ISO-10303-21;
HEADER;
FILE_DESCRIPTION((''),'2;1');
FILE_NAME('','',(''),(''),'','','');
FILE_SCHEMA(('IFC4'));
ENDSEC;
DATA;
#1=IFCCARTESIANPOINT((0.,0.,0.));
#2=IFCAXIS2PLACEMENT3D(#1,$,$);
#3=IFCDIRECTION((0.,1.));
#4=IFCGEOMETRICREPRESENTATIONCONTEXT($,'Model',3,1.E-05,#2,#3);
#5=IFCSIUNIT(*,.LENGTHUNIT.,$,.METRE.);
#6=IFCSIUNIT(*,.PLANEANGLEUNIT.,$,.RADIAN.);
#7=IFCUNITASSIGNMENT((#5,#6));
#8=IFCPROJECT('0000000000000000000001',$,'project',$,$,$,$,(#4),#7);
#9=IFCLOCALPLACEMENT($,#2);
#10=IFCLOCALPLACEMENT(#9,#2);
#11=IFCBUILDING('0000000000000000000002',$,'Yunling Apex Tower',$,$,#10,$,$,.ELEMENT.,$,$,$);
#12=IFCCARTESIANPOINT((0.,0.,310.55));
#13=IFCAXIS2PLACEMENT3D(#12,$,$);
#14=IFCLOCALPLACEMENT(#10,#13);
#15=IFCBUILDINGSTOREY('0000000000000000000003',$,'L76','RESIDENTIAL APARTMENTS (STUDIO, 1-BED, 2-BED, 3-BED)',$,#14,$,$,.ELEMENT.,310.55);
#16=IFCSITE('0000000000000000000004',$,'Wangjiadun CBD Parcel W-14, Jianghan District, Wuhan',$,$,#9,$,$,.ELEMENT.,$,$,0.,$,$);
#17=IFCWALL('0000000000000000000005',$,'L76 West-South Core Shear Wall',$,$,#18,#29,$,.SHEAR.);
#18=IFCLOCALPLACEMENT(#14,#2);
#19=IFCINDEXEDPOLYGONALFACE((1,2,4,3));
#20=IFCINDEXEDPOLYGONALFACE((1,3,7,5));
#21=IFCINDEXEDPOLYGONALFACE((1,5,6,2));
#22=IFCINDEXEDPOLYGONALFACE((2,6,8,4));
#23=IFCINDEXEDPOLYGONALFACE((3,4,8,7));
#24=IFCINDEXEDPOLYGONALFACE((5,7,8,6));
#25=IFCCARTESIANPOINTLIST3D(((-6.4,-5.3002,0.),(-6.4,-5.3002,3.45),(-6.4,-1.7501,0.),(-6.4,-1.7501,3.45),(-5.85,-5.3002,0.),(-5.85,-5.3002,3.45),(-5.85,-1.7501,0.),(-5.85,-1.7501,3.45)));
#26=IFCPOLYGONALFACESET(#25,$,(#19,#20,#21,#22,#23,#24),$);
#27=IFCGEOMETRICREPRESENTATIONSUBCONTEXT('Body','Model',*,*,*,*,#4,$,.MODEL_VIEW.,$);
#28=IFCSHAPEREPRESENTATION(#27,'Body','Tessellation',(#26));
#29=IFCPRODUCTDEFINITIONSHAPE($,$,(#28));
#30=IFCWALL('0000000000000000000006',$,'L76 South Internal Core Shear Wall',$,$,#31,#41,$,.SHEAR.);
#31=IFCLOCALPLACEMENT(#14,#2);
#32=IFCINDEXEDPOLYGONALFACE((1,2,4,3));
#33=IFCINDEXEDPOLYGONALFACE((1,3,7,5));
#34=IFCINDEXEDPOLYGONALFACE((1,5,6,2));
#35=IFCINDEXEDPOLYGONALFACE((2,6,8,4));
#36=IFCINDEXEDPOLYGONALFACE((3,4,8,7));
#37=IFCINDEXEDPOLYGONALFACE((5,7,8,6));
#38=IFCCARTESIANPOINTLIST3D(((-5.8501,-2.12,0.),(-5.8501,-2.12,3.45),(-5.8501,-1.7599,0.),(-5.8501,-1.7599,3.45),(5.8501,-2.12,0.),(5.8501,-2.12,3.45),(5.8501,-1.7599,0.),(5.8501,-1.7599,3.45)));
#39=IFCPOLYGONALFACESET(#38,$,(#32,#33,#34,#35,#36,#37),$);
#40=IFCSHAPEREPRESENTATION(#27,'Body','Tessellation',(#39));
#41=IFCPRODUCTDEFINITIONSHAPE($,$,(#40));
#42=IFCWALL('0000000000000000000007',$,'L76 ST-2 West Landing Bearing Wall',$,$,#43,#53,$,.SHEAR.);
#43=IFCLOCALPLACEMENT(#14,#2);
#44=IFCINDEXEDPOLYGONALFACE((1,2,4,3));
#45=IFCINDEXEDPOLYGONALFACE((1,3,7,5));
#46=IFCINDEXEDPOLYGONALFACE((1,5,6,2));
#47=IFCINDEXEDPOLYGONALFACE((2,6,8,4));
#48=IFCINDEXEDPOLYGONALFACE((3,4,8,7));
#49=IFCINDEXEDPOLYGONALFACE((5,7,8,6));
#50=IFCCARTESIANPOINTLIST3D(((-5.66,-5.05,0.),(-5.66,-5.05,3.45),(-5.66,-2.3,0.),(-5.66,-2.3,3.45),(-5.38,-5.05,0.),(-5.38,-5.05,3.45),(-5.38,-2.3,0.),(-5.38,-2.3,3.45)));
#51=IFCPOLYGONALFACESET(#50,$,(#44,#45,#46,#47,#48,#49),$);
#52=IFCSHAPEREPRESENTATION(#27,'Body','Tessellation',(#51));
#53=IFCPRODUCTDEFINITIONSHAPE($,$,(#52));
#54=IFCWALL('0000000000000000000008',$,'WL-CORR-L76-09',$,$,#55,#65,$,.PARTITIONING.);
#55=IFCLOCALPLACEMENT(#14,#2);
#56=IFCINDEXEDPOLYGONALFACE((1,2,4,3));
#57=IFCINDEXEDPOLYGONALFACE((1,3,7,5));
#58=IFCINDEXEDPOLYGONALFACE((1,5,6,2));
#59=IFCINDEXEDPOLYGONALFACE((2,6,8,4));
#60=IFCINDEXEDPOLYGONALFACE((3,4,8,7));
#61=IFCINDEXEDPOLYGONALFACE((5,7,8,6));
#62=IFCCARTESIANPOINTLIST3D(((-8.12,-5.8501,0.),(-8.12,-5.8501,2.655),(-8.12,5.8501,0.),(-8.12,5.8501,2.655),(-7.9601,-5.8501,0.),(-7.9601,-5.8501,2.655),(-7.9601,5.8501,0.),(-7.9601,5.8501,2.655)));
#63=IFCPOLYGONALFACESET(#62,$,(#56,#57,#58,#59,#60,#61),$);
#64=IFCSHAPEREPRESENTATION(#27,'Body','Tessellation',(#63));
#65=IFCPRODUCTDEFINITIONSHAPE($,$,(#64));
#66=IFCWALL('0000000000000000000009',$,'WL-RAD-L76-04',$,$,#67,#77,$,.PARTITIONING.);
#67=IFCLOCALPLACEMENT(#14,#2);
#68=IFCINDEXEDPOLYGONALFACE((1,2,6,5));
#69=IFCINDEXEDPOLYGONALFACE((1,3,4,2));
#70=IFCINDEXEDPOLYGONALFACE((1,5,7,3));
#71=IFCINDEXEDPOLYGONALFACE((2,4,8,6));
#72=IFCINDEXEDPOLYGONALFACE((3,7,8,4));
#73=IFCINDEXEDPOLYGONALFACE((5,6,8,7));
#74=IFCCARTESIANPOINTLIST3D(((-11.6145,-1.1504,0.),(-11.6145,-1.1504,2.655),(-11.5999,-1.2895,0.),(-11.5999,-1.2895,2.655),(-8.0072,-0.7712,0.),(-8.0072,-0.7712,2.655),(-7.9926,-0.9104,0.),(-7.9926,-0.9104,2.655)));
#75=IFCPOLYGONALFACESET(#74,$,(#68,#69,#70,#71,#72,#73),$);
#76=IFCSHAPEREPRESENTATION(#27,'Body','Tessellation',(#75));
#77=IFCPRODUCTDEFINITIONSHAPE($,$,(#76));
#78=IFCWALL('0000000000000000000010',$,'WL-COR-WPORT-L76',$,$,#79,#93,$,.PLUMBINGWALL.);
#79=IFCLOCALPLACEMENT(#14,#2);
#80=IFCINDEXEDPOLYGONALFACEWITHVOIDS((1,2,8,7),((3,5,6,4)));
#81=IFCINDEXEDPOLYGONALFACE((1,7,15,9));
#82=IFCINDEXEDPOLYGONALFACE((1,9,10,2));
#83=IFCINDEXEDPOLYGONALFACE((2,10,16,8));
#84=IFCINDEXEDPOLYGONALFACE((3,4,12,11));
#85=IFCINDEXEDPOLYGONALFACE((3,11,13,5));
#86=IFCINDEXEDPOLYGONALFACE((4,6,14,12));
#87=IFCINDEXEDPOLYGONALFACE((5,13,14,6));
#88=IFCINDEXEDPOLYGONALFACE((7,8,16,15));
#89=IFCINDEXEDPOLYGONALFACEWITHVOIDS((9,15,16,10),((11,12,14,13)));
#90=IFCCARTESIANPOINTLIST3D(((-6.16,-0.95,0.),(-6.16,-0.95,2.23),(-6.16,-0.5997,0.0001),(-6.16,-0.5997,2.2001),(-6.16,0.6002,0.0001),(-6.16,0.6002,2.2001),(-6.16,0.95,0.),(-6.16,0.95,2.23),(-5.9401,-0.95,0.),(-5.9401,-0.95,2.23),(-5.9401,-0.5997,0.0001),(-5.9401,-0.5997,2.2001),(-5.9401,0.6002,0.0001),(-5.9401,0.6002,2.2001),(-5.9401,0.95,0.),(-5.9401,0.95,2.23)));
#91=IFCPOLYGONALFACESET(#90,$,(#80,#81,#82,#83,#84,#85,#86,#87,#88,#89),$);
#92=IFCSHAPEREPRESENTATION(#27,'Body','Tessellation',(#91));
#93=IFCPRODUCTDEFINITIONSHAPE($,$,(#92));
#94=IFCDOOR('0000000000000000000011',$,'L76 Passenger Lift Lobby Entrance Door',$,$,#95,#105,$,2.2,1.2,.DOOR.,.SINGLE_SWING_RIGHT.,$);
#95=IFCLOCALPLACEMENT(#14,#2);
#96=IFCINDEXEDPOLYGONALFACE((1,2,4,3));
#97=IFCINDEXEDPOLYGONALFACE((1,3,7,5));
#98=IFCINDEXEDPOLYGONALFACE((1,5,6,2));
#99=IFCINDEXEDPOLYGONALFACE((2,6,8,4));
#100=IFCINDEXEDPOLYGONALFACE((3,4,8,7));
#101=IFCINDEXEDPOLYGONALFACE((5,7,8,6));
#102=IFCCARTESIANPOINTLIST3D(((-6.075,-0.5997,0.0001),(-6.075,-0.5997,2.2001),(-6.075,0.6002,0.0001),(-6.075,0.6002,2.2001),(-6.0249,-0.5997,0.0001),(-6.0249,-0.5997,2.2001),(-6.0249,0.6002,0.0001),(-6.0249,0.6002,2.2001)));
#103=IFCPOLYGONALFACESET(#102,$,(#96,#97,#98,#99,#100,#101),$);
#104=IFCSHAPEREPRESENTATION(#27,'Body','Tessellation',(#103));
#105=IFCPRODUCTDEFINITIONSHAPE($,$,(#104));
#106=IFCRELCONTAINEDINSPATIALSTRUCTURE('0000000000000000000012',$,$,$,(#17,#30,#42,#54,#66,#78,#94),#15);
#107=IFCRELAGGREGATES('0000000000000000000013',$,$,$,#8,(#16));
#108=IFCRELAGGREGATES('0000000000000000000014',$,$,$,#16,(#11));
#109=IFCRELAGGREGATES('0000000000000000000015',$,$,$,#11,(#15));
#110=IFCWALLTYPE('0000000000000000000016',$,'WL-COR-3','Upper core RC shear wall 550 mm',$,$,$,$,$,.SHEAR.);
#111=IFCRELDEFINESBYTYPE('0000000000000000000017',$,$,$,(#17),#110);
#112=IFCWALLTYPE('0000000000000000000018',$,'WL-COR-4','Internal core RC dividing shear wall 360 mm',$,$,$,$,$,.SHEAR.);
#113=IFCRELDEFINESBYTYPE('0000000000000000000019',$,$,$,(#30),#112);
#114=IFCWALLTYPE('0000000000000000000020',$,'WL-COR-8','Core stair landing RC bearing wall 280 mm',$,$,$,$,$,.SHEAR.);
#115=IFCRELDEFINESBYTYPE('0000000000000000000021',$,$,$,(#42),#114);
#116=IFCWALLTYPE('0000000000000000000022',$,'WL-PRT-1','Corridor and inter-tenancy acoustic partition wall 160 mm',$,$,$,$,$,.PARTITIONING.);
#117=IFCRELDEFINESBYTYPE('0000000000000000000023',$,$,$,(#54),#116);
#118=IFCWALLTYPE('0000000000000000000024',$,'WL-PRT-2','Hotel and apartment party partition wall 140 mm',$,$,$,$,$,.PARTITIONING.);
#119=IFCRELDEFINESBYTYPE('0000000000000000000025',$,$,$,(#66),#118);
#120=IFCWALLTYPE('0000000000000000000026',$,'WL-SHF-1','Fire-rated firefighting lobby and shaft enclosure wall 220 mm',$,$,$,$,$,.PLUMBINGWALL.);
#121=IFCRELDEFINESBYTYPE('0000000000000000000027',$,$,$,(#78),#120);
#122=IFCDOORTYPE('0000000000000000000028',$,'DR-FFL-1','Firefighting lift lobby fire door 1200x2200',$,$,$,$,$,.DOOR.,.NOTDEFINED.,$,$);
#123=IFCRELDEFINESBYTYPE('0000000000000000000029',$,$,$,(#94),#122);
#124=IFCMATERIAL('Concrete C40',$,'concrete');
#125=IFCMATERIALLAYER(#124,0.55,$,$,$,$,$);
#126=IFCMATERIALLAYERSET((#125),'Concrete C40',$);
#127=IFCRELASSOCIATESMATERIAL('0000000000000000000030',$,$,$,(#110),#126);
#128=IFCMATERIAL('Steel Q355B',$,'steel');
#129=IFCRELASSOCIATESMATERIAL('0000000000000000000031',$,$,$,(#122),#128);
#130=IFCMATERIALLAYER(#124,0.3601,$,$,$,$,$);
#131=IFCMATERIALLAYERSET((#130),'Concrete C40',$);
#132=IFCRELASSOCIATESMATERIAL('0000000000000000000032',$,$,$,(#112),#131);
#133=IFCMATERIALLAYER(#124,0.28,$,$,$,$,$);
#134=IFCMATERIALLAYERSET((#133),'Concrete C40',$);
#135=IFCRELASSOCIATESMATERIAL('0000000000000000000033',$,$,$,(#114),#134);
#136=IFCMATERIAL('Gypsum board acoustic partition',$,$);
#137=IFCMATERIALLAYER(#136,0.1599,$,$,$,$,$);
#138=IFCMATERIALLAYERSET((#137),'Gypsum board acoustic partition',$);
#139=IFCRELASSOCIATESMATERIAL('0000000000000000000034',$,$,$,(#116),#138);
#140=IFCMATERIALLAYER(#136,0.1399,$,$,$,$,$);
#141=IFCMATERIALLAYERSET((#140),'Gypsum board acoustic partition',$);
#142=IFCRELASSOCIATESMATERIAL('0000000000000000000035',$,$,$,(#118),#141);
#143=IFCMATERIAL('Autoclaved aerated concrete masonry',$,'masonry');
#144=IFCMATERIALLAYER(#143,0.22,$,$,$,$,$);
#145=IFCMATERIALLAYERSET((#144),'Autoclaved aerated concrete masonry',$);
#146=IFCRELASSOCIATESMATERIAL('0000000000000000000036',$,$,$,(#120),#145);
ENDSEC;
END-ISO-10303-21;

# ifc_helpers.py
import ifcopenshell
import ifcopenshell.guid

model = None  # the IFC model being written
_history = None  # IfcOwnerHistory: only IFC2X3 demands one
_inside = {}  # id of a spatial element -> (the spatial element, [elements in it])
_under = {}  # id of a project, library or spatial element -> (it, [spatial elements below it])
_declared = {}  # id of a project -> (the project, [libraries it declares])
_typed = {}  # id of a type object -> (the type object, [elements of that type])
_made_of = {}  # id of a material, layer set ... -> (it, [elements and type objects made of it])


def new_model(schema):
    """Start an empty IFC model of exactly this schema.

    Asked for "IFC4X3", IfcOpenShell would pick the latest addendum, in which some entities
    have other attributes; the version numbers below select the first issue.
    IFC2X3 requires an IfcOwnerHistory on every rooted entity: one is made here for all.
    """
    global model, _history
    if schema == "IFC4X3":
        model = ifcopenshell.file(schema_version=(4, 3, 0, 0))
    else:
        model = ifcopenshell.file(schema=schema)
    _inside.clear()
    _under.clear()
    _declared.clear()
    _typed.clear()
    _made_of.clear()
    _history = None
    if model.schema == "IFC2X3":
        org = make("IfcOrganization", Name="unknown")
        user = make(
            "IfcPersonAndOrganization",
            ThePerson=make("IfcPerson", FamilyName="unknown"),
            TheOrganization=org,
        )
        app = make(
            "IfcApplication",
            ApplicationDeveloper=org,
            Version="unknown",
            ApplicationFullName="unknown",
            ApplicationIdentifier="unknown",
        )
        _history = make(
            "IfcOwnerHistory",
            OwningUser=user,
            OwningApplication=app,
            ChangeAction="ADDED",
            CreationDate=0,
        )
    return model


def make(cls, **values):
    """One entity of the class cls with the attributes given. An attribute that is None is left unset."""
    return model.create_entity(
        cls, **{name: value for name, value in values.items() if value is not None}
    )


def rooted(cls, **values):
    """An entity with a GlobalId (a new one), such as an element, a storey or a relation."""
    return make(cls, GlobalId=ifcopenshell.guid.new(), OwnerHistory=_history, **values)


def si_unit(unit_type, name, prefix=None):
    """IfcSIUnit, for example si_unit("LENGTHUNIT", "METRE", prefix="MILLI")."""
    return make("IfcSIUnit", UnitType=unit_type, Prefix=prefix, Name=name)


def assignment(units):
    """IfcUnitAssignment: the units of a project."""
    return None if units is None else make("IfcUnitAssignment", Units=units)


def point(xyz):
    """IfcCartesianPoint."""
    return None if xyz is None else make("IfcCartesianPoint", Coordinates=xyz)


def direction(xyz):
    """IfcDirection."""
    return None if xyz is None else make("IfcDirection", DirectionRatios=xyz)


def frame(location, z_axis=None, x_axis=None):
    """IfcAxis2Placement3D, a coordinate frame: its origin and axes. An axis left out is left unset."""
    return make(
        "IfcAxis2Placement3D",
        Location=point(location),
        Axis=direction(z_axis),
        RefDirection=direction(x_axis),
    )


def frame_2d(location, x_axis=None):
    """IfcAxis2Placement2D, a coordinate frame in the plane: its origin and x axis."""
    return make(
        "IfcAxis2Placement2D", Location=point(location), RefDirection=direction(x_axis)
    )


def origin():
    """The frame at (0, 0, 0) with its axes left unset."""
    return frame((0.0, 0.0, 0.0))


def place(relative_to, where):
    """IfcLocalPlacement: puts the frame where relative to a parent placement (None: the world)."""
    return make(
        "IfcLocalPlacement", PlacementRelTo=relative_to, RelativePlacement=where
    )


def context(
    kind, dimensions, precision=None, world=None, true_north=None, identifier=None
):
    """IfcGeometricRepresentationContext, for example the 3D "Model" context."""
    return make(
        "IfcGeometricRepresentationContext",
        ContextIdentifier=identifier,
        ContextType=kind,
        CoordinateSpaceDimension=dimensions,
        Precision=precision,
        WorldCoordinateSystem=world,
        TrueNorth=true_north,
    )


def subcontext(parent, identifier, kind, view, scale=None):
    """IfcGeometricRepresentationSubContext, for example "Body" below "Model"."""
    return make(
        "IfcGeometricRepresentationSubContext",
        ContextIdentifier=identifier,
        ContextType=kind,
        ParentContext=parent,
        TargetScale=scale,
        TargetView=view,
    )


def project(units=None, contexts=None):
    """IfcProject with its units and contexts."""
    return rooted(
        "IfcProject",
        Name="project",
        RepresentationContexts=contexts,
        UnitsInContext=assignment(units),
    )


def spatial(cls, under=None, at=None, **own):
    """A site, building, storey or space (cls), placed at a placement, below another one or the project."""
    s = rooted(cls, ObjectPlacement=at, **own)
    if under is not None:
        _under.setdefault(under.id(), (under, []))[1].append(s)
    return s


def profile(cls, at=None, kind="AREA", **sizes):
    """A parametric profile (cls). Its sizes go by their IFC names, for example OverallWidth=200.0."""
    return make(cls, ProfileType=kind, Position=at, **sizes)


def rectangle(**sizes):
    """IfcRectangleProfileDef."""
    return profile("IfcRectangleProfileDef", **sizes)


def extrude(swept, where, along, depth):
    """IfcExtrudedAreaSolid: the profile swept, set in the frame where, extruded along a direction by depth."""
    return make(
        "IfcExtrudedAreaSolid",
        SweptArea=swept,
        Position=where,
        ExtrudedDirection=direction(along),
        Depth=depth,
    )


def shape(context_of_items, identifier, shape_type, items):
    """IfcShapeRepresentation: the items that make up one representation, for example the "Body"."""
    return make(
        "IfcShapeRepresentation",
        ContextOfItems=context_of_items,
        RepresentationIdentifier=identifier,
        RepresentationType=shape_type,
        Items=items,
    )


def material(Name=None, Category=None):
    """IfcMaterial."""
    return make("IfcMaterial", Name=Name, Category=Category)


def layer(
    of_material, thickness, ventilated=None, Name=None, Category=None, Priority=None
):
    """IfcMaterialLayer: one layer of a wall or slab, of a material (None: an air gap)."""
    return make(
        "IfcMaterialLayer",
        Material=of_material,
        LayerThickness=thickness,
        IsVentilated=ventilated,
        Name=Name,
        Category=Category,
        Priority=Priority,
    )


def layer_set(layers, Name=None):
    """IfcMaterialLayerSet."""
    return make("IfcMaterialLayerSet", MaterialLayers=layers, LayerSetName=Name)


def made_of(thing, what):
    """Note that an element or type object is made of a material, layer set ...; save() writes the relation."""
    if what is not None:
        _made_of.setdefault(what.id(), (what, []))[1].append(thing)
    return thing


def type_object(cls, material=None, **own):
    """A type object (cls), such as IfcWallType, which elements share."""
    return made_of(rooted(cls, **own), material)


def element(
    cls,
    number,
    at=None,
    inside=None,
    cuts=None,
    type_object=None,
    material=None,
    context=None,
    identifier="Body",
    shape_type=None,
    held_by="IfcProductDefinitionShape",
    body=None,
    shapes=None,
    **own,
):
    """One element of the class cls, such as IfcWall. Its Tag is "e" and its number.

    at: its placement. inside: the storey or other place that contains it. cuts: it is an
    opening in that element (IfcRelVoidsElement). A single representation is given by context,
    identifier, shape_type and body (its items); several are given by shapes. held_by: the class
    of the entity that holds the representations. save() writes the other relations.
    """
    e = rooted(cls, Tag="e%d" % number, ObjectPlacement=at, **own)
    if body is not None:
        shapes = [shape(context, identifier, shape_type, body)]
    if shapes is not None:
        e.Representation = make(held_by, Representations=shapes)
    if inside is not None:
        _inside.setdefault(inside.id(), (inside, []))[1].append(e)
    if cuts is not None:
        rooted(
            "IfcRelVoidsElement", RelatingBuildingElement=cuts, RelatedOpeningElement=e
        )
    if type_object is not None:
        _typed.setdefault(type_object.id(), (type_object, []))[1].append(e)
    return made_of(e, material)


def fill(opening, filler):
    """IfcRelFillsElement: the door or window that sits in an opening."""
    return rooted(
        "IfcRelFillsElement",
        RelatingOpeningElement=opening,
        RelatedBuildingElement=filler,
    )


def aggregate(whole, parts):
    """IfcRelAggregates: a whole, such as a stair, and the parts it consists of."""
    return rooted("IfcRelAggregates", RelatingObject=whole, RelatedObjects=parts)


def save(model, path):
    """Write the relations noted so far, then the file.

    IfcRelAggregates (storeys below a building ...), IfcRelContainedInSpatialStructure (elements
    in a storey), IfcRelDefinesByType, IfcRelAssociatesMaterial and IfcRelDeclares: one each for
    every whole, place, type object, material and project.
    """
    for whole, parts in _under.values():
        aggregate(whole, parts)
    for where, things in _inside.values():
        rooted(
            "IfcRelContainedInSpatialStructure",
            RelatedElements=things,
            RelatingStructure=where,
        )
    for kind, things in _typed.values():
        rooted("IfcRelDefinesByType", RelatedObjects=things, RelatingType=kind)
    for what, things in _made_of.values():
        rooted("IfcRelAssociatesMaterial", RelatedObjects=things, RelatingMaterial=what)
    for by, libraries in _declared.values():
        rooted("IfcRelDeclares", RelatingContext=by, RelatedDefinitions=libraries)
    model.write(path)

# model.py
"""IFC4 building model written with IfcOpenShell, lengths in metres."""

from ifc_helpers import new_model, si_unit, direction, frame, frame_2d, origin, place, context, subcontext, project, spatial, rectangle, extrude, material, layer, layer_set, type_object, element, fill, save


model = new_model("IFC4")

# Units and contexts
model_context = context("Model", 3, precision=1e-05, world=origin(), true_north=direction((0.0, 1.0)))
body_context = subcontext(model_context, "Body", "Model", "MODEL_VIEW")
ifc_project = project(units=[si_unit("LENGTHUNIT", "METRE"), si_unit("PLANEANGLEUNIT", "RADIAN")], contexts=[model_context])

# Site, building, storey
site_placement = place(None, origin())
site = spatial("IfcSite", under=ifc_project, at=site_placement, Name="Wangjiadun CBD Parcel W-14, Jianghan District, Wuhan", CompositionType="ELEMENT", RefElevation=0.0)
building_placement = place(site_placement, origin())
building = spatial("IfcBuilding", under=site, at=building_placement, Name="Yunling Apex Tower", CompositionType="ELEMENT")
storey_placement = place(building_placement, frame((0.0, 0.0, 310.55)))
storey = spatial("IfcBuildingStorey", under=building, at=storey_placement, Name="L76", Description="RESIDENTIAL APARTMENTS (STUDIO, 1-BED, 2-BED, 3-BED)", CompositionType="ELEMENT", Elevation=310.55)

# Shared definitions
ifc_material_1 = material(Name="Steel Q355B", Category="steel")
ifc_material_2 = material(Name="Concrete C40", Category="concrete")

# Shared definitions
ifc_layer_1 = layer(ifc_material_2, 0.55)
ifc_layer_set_1 = layer_set([ifc_layer_1], Name="Concrete C40")
wall_type_1 = type_object("IfcWallType", Name="WL-COR-3", Description="Upper core RC shear wall 550 mm", PredefinedType="SHEAR", material=ifc_layer_set_1)
door_type_1 = type_object("IfcDoorType", Name="DR-FFL-1", Description="Firefighting lift lobby fire door 1200x2200", OperationType="NOTDEFINED", PredefinedType="DOOR", material=ifc_material_1)

# Walls
wall_1_placement = place(storey_placement, frame((-6.125, -5.3, 0.0), z_axis=(0.0, 0.0, 1.0), x_axis=(0.0, 1.0, 0.0)))
element("IfcWall", 1, at=wall_1_placement, inside=storey, type_object=wall_type_1, Name="L76 West-South Core Shear Wall", PredefinedType="SHEAR", context=body_context, shape_type="SweptSolid", body=[
    extrude(rectangle(XDim=3.55, YDim=0.55, at=frame_2d((1.7749, 0.0))), origin(), (0.0, 0.0, 1.0), 3.45),
])
ifc_layer_2 = layer(ifc_material_2, 0.3601)
ifc_layer_set_2 = layer_set([ifc_layer_2], Name="Concrete C40")
wall_type_2 = type_object("IfcWallType", Name="WL-COR-4", Description="Internal core RC dividing shear wall 360 mm", PredefinedType="SHEAR", material=ifc_layer_set_2)
wall_2_placement = place(storey_placement, frame((-5.8501, -1.9399, 0.0), z_axis=(0.0, 0.0, 1.0), x_axis=(1.0, 0.0, 0.0)))
element("IfcWall", 2, at=wall_2_placement, inside=storey, type_object=wall_type_2, Name="L76 South Internal Core Shear Wall", PredefinedType="SHEAR", context=body_context, shape_type="SweptSolid", body=[
    extrude(rectangle(XDim=11.7002, YDim=0.3601, at=frame_2d((5.8501, 0.0))), origin(), (0.0, 0.0, 1.0), 3.45),
])
ifc_layer_3 = layer(ifc_material_2, 0.28)
ifc_layer_set_3 = layer_set([ifc_layer_3], Name="Concrete C40")
wall_type_3 = type_object("IfcWallType", Name="WL-COR-8", Description="Core stair landing RC bearing wall 280 mm", PredefinedType="SHEAR", material=ifc_layer_set_3)
wall_3_placement = place(storey_placement, frame((-5.52, -5.05, 0.0), z_axis=(0.0, 0.0, 1.0), x_axis=(0.0, 1.0, 0.0)))
element("IfcWall", 3, at=wall_3_placement, inside=storey, type_object=wall_type_3, Name="L76 ST-2 West Landing Bearing Wall", PredefinedType="SHEAR", context=body_context, shape_type="SweptSolid", body=[
    extrude(rectangle(XDim=2.75, YDim=0.28, at=frame_2d((1.375, 0.0))), origin(), (0.0, 0.0, 1.0), 3.45),
])
ifc_material_3 = material(Name="Gypsum board acoustic partition")
ifc_layer_4 = layer(ifc_material_3, 0.1599)
ifc_layer_set_4 = layer_set([ifc_layer_4], Name="Gypsum board acoustic partition")
wall_type_4 = type_object("IfcWallType", Name="WL-PRT-1", Description="Corridor and inter-tenancy acoustic partition wall 160 mm", PredefinedType="PARTITIONING", material=ifc_layer_set_4)
wall_4_placement = place(storey_placement, frame((-8.04, -5.8501, 0.0), z_axis=(0.0, 0.0, 1.0), x_axis=(0.0, 1.0, 0.0)))
element("IfcWall", 4, at=wall_4_placement, inside=storey, type_object=wall_type_4, Name="WL-CORR-L76-09", PredefinedType="PARTITIONING", context=body_context, shape_type="SweptSolid", body=[
    extrude(rectangle(XDim=11.7002, YDim=0.1599, at=frame_2d((5.8501, 0.0))), origin(), (0.0, 0.0, 1.0), 2.655),
])
ifc_layer_5 = layer(ifc_material_3, 0.1399)
ifc_layer_set_5 = layer_set([ifc_layer_5], Name="Gypsum board acoustic partition")
wall_type_5 = type_object("IfcWallType", Name="WL-PRT-2", Description="Hotel and apartment party partition wall 140 mm", PredefinedType="PARTITIONING", material=ifc_layer_set_5)
wall_5_placement = place(storey_placement, frame((-8.0, -0.8408, 0.0), z_axis=(0.0, 0.0, 1.0), x_axis=(-0.994522, -0.104527, 0.0)))
element("IfcWall", 5, at=wall_5_placement, inside=storey, type_object=wall_type_5, Name="WL-RAD-L76-04", PredefinedType="PARTITIONING", context=body_context, shape_type="SweptSolid", body=[
    extrude(rectangle(XDim=3.6272, YDim=0.1399, at=frame_2d((1.8135, 0.0))), origin(), (0.0, 0.0, 1.0), 2.655),
])

# Wall, opening, door
ifc_material_4 = material(Name="Autoclaved aerated concrete masonry", Category="masonry")
ifc_layer_6 = layer(ifc_material_4, 0.22)
ifc_layer_set_6 = layer_set([ifc_layer_6], Name="Autoclaved aerated concrete masonry")
wall_type_6 = type_object("IfcWallType", Name="WL-SHF-1", Description="Fire-rated firefighting lobby and shaft enclosure wall 220 mm", PredefinedType="PLUMBINGWALL", material=ifc_layer_set_6)
wall_6_placement = place(storey_placement, frame((-6.05, -0.95, 0.0), z_axis=(0.0, 0.0, 1.0), x_axis=(0.0, 1.0, 0.0)))
wall_6 = element("IfcWall", 6, at=wall_6_placement, inside=storey, type_object=wall_type_6, Name="WL-COR-WPORT-L76", PredefinedType="PLUMBINGWALL", context=body_context, shape_type="SweptSolid", body=[
    extrude(rectangle(XDim=1.8999, YDim=0.22, at=frame_2d((0.95, 0.0))), origin(), (0.0, 0.0, 1.0), 2.23),
])
opening_1_placement = place(wall_6_placement, frame((0.3501, 0.0, 0.0)))
opening_1 = element("IfcOpeningElement", 7, at=opening_1_placement, cuts=wall_6, PredefinedType="OPENING", context=body_context, shape_type="SweptSolid", body=[
    extrude(rectangle(XDim=1.2, YDim=2.2, at=frame_2d((0.6001, 1.1001))), frame((0.0, 0.1201, 0.0), z_axis=(0.0, -1.0, 0.0), x_axis=(1.0, 0.0, 0.0)), (0.0, 0.0, 1.0), 0.24),
])
door_1_placement = place(opening_1_placement, origin())
door_1 = element("IfcDoor", 8, at=door_1_placement, inside=storey, type_object=door_type_1, Name="L76 Passenger Lift Lobby Entrance Door", OperationType="SINGLE_SWING_RIGHT", OverallHeight=2.2, OverallWidth=1.2, PredefinedType="DOOR", context=body_context, shape_type="SweptSolid", body=[
    extrude(rectangle(XDim=1.2, YDim=2.2, at=frame_2d((0.6001, 1.1001))), frame((0.0, 0.0249, 0.0), z_axis=(0.0, -1.0, 0.0), x_axis=(1.0, 0.0, 0.0)), (0.0, 0.0, 1.0), 0.05),
])
fill(opening_1, door_1)

save(model, "model.ifc")
